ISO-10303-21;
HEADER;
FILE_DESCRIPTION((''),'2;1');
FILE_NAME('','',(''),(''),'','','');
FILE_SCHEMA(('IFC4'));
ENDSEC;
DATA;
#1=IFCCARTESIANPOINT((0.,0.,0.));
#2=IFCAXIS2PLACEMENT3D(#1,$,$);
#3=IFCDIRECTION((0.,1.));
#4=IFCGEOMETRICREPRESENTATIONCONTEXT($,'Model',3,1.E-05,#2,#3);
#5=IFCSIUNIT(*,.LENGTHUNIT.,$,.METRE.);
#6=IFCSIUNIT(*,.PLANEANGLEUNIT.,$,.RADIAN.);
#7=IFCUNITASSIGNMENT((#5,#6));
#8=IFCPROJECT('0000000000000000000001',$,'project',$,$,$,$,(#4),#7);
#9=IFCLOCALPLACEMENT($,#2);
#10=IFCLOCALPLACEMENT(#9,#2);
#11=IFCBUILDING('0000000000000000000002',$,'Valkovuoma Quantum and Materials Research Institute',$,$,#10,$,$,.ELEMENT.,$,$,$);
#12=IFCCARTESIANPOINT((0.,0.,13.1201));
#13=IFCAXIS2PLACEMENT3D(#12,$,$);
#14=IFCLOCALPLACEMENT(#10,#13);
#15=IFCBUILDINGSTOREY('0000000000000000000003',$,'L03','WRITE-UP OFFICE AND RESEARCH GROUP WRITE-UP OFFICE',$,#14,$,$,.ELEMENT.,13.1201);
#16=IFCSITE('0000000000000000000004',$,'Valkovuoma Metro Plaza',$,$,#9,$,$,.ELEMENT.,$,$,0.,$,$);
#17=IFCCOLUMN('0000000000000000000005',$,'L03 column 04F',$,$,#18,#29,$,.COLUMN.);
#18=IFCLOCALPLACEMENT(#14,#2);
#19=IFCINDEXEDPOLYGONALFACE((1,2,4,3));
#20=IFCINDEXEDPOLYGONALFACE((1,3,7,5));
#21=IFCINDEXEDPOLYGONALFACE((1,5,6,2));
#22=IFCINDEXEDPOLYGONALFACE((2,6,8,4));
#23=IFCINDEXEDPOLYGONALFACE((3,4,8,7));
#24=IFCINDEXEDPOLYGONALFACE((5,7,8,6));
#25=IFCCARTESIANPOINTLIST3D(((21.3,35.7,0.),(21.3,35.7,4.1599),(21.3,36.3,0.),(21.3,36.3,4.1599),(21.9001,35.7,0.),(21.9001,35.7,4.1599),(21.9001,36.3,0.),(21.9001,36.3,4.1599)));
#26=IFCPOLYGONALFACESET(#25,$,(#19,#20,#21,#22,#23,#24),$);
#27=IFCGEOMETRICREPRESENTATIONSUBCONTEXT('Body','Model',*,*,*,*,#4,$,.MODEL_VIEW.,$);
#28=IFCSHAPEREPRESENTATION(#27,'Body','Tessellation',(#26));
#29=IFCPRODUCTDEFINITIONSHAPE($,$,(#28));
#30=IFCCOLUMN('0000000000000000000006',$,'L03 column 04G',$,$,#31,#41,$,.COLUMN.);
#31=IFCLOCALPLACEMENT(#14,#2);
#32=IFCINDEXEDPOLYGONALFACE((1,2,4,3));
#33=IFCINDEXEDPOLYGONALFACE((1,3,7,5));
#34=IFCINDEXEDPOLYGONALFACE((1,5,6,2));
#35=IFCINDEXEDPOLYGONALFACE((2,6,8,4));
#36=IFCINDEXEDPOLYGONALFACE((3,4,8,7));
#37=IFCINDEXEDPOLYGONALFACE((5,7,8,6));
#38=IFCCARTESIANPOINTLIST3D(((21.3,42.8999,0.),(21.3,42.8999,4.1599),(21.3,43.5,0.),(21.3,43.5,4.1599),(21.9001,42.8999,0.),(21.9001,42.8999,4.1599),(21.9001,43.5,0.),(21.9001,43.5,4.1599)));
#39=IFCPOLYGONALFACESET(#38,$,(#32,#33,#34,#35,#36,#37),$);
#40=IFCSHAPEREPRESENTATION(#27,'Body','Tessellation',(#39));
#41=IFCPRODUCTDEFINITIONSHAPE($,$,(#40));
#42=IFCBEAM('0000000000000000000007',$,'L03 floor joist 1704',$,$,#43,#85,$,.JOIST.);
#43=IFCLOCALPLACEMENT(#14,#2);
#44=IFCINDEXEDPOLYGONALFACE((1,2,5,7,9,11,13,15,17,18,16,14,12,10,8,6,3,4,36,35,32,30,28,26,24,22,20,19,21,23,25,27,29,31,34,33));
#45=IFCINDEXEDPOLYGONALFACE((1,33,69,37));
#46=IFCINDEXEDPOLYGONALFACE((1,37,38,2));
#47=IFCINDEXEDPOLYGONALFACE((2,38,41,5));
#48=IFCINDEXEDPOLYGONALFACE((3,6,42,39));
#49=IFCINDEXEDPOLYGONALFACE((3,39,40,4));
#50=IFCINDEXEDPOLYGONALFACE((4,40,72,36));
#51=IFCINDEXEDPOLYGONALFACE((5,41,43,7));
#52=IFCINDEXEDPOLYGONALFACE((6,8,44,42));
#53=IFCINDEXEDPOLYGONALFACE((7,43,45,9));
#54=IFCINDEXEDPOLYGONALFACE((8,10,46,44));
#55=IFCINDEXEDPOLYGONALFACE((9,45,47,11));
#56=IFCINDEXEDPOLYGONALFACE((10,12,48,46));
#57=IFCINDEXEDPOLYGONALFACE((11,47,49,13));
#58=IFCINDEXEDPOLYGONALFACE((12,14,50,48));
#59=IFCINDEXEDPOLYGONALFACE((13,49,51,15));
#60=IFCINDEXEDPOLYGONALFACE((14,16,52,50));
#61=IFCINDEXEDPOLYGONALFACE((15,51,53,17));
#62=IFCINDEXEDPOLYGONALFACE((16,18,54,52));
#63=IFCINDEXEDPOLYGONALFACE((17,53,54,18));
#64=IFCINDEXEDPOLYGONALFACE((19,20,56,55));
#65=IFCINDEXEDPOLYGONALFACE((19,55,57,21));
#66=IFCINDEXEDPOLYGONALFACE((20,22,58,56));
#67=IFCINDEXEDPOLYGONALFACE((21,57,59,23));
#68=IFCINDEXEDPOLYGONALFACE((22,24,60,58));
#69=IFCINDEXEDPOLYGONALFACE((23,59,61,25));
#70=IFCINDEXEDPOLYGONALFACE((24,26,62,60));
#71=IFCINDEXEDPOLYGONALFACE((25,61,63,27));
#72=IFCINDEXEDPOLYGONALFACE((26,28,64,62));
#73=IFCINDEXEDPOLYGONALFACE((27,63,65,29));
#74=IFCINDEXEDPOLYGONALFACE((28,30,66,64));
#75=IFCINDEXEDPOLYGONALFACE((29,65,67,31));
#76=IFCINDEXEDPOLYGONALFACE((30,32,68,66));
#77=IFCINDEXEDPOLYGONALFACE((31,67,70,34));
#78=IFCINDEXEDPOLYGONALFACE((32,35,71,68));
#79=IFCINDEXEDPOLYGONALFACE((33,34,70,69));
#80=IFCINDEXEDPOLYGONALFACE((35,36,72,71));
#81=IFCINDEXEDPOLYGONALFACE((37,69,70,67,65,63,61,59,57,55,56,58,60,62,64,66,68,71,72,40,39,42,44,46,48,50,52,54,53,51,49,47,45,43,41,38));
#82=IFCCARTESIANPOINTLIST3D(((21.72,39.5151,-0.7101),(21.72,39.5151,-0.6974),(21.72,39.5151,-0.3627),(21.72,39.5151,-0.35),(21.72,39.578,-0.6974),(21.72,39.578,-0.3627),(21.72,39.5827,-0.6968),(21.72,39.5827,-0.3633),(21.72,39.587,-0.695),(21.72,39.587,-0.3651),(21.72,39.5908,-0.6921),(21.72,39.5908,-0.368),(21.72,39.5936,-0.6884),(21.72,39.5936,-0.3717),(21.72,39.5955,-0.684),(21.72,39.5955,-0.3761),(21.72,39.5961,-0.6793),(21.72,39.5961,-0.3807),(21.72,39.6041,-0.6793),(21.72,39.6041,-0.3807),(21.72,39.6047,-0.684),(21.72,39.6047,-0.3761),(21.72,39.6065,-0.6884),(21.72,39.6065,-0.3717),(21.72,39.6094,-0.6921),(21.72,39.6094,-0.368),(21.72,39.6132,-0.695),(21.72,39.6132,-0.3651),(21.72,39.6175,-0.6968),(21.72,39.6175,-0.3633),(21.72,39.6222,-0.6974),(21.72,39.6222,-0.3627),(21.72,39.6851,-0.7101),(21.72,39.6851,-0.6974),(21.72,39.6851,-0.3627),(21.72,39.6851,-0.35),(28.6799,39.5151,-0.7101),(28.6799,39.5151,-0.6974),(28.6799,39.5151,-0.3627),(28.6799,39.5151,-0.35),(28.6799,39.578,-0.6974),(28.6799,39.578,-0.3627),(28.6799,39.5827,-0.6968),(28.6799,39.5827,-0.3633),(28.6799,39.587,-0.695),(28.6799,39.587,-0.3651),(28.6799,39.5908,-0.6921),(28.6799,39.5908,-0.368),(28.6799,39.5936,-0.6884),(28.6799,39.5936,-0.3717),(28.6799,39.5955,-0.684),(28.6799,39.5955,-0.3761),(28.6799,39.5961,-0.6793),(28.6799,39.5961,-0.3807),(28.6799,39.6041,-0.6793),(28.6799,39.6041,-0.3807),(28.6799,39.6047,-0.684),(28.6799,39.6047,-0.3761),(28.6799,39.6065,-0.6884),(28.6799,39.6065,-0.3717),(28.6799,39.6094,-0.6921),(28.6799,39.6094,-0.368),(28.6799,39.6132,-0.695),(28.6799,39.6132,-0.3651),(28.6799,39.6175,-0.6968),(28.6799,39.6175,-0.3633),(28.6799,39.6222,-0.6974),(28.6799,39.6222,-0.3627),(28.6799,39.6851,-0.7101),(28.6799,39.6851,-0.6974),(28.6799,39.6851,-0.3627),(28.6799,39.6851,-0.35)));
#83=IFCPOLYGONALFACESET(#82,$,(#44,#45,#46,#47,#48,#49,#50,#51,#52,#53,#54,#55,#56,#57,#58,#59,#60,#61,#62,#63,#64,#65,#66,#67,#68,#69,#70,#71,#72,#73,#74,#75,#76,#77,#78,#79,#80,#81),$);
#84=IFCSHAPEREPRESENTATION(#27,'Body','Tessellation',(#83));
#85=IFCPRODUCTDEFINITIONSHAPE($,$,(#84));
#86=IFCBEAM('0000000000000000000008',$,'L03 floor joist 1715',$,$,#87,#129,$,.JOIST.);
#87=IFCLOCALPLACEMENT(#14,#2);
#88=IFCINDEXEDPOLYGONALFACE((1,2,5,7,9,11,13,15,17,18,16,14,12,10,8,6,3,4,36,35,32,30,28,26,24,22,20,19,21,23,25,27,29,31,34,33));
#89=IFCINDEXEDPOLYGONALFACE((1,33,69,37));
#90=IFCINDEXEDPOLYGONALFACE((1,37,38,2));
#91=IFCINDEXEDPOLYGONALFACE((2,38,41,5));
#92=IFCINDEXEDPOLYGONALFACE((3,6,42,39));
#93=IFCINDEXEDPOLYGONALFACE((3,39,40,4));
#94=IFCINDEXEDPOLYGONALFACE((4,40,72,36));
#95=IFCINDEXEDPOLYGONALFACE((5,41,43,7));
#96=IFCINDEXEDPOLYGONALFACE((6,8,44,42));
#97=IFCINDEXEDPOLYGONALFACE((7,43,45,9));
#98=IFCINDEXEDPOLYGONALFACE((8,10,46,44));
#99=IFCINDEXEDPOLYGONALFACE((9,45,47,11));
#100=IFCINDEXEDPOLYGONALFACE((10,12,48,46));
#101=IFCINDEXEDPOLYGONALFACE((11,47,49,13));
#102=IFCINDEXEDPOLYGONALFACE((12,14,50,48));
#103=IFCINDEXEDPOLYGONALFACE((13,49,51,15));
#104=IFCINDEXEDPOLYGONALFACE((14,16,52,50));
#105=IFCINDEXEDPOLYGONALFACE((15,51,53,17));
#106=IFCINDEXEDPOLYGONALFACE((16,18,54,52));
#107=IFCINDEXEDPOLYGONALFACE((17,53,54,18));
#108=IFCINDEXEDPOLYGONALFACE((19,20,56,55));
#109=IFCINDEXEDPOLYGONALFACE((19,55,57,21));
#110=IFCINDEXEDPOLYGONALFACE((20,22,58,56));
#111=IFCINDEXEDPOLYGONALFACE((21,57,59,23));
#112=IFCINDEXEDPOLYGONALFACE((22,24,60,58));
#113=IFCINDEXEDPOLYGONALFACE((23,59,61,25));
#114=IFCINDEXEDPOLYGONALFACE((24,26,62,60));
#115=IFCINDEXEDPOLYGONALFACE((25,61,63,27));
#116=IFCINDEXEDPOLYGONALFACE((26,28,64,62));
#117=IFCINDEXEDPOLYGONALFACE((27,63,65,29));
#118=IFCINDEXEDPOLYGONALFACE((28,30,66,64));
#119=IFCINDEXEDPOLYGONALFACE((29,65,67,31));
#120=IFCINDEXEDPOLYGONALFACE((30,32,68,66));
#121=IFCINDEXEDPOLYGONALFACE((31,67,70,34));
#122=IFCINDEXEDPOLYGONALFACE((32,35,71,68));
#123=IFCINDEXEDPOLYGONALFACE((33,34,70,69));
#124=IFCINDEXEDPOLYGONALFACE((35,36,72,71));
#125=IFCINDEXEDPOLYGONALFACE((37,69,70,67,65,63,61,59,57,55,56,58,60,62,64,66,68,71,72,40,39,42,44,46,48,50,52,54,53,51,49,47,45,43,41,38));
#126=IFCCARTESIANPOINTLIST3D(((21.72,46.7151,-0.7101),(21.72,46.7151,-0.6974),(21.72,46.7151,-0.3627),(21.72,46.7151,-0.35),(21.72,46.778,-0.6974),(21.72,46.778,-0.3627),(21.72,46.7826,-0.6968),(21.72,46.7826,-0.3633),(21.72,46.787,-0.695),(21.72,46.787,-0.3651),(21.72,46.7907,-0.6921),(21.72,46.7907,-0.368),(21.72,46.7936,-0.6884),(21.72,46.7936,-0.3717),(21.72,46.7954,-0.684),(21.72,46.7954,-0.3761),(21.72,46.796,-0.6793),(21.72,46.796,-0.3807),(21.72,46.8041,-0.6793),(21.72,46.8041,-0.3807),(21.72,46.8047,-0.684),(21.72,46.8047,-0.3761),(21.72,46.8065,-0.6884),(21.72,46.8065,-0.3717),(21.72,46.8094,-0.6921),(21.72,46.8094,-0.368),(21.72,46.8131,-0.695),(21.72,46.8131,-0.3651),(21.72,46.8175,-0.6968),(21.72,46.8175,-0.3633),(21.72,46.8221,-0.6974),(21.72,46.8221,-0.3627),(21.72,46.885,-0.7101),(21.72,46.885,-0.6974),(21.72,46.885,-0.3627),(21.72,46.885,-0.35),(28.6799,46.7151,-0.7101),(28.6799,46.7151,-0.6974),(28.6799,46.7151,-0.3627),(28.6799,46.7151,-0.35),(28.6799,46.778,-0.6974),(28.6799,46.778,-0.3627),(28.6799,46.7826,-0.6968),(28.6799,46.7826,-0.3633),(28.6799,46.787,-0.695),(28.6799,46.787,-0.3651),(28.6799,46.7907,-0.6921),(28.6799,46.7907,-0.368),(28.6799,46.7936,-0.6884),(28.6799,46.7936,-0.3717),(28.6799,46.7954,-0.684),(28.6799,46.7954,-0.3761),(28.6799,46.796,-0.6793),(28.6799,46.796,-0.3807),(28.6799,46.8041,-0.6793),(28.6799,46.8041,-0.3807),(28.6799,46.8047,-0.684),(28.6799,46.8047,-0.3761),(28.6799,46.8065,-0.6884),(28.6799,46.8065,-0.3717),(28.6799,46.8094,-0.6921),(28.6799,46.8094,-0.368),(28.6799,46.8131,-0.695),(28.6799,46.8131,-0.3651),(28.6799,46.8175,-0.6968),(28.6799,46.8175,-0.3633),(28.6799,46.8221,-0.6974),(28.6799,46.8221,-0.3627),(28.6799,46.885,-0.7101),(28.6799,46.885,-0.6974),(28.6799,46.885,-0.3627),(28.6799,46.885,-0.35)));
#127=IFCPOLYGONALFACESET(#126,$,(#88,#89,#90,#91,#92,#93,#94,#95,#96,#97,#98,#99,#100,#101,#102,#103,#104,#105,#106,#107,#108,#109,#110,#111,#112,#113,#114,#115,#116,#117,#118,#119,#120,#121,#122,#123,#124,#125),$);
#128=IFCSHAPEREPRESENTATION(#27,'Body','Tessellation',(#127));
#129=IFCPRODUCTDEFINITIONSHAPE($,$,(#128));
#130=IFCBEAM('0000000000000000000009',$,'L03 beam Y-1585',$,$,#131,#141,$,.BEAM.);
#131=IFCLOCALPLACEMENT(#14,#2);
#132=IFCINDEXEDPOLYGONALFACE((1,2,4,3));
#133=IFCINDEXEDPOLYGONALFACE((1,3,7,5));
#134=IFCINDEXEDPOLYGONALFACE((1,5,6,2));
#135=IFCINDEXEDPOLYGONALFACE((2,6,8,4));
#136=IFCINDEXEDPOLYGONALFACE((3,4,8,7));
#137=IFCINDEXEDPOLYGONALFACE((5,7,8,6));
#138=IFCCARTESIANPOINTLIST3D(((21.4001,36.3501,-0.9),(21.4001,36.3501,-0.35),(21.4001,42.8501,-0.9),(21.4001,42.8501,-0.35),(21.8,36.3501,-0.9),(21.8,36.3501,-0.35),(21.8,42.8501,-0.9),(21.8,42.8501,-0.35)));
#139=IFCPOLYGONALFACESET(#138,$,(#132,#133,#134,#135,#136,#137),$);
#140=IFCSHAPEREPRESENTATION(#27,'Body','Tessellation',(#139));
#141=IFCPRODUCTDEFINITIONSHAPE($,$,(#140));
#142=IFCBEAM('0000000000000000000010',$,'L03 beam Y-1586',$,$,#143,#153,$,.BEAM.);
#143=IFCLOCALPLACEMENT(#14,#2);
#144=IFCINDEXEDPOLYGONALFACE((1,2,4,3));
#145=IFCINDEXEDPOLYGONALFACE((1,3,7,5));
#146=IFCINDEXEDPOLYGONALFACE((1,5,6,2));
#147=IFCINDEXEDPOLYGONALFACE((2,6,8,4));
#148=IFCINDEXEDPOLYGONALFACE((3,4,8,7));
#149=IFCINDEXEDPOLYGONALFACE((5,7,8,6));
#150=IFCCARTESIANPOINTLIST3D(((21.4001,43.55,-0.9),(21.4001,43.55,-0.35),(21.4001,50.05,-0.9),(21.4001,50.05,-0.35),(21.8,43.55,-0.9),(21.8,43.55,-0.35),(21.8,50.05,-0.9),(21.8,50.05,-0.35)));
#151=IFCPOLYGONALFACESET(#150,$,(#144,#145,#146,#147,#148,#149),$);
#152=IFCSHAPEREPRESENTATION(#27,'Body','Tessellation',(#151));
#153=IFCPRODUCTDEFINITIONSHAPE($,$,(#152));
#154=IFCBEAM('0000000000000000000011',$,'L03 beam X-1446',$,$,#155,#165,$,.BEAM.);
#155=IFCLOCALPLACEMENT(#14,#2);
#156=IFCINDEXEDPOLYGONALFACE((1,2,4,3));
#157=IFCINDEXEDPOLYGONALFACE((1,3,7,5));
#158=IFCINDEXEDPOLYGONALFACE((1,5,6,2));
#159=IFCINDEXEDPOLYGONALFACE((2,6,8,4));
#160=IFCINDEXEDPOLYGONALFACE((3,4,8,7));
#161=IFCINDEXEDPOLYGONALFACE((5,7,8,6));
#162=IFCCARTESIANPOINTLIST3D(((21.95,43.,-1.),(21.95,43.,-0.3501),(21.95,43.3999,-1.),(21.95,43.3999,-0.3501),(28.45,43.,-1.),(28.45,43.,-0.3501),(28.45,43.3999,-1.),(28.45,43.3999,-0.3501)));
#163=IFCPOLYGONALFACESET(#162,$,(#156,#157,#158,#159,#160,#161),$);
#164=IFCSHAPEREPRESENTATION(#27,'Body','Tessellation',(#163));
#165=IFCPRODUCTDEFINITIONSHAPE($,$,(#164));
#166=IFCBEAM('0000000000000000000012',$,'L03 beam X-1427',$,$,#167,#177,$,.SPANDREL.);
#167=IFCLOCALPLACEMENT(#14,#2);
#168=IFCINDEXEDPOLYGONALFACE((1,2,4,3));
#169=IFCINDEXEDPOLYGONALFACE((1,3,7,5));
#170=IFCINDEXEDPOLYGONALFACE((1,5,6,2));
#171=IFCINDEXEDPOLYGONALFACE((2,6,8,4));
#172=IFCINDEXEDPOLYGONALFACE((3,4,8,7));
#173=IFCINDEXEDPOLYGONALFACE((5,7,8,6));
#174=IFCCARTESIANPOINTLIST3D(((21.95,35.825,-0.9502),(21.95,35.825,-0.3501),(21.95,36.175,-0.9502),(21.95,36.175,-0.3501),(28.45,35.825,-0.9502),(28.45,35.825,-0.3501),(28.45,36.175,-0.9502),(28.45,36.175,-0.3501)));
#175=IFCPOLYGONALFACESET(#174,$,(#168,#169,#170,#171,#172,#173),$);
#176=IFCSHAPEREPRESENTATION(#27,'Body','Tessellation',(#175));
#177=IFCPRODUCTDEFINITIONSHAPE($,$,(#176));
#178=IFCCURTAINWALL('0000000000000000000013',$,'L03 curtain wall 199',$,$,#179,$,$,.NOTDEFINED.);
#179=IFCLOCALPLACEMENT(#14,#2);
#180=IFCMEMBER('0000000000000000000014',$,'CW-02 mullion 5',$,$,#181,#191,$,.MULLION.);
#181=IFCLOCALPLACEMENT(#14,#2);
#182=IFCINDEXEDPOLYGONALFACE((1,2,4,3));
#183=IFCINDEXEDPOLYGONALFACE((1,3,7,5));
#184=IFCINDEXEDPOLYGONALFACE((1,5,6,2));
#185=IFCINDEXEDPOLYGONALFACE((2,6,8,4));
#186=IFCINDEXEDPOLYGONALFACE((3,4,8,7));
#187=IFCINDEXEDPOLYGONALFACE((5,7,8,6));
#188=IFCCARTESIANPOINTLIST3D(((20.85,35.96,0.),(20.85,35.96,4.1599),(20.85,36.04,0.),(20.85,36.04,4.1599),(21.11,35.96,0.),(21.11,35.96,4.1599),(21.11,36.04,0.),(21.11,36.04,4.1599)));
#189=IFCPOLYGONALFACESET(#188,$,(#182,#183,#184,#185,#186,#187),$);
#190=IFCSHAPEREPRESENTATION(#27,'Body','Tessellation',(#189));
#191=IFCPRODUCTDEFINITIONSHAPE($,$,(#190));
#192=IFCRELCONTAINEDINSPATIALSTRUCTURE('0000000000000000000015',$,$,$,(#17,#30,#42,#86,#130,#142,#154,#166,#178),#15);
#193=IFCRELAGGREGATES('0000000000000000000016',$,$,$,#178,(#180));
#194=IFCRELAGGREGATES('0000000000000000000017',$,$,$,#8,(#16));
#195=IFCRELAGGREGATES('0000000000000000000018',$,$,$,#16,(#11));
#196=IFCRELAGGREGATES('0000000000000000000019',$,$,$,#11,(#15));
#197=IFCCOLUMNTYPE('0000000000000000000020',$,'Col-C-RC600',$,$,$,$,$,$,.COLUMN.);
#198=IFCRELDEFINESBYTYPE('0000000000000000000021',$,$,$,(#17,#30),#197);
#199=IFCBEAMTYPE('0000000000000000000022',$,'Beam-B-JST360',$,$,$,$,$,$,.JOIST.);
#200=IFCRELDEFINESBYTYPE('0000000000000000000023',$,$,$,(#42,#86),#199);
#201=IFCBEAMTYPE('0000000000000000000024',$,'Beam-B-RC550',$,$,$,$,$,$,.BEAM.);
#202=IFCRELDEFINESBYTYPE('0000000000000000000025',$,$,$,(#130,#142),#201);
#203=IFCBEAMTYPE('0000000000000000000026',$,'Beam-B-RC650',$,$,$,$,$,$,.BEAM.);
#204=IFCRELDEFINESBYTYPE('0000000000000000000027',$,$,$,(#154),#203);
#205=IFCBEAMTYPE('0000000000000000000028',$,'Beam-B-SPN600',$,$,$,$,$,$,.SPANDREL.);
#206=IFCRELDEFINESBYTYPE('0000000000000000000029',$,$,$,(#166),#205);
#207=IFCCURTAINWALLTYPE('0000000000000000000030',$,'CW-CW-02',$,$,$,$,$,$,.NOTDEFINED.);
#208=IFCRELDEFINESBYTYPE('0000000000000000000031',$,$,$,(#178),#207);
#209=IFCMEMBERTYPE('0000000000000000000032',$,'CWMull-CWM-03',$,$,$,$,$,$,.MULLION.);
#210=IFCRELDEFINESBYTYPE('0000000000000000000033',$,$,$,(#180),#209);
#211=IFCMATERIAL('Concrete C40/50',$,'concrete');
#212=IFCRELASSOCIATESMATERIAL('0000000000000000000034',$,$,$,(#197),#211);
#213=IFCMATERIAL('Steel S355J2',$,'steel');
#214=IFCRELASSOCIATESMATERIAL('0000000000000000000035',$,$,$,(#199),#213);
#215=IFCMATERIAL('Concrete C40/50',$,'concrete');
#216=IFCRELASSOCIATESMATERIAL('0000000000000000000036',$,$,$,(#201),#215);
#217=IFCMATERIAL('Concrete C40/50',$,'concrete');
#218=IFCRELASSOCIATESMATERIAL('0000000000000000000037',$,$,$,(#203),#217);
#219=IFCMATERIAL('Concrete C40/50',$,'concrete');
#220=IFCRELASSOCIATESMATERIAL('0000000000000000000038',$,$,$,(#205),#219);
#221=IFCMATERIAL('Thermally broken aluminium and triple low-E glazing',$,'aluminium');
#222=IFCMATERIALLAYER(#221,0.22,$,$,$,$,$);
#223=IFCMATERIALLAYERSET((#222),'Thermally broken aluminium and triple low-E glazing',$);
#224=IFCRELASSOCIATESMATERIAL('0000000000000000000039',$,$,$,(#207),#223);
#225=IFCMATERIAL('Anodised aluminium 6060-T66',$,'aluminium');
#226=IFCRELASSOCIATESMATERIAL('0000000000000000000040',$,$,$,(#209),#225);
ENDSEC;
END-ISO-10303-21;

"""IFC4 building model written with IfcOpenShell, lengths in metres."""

from ifc_helpers import new_model, si_unit, direction, frame, origin, origin_2d, place, context, subcontext, project, spatial, rectangle, i_section, extrude, material, layer, layer_set, material_profile, profile_set, type_object, element, aggregate, save


model = new_model("IFC4")

# Units and contexts
model_context = context("Model", 3, precision=1e-05, world=origin(), true_north=direction((0.0, 1.0)))
body_context = subcontext(model_context, "Body", "Model", "MODEL_VIEW")
ifc_project = project(units=[si_unit("LENGTHUNIT", "METRE"), si_unit("PLANEANGLEUNIT", "RADIAN")], contexts=[model_context])

# Site, building, storey
site_placement = place(None, origin())
site = spatial("IfcSite", under=ifc_project, at=site_placement, Name="Valkovuoma Metro Plaza", CompositionType="ELEMENT", RefElevation=0.0)
building_placement = place(site_placement, origin())
building = spatial("IfcBuilding", under=site, at=building_placement, Name="Valkovuoma Quantum and Materials Research Institute", CompositionType="ELEMENT")
storey_placement = place(building_placement, frame((0.0, 0.0, 13.1201)))
storey = spatial("IfcBuildingStorey", under=building, at=storey_placement, Name="L03", Description="WRITE-UP OFFICE AND RESEARCH GROUP WRITE-UP OFFICE", CompositionType="ELEMENT", Elevation=13.1201)

# Columns
ifc_material_1 = material(Name="Concrete C40/50", Category="concrete")
ifc_material_profile_1 = material_profile(ifc_material_1, rectangle(XDim=0.6001, YDim=0.6001, at=origin_2d()), Name="Concrete C40/50")
ifc_profile_set_1 = profile_set([ifc_material_profile_1], Name="Concrete C40/50")
column_type = type_object("IfcColumnType", Name="Col-C-RC600", PredefinedType="COLUMN", material=ifc_profile_set_1)
for number, where, z_axis, x_axis, name in (
    (1, (21.6001, 36.0, 0.0), (0.0, 0.0, 1.0), (1.0, 0.0, 0.0), "L03 column 04F"),
    (2, (21.6001, 43.2, 0.0), (0.0, 0.0, 1.0), (1.0, 0.0, 0.0), "L03 column 04G"),
):
    element("IfcColumn", number, at=place(storey_placement, frame(where, z_axis=z_axis, x_axis=x_axis)), inside=storey, type_object=column_type, Name=name, PredefinedType="COLUMN", context=body_context, shape_type="SweptSolid", body=[
        extrude(rectangle(XDim=0.6001, YDim=0.6001, at=origin_2d()), origin(), (0.0, 0.0, 1.0), 4.1599),
    ])

# Beams
ifc_material_2 = material(Name="Steel S355J2", Category="steel")
ifc_material_profile_2 = material_profile(ifc_material_2, i_section(OverallWidth=0.1699, OverallDepth=0.3601, WebThickness=0.0081, FlangeThickness=0.0127, FilletRadius=0.0181, at=origin_2d()), Name="Steel S355J2")
ifc_profile_set_2 = profile_set([ifc_material_profile_2], Name="Steel S355J2")
beam_type_1 = type_object("IfcBeamType", Name="Beam-B-JST360", PredefinedType="JOIST", material=ifc_profile_set_2)
for number, where, z_axis, x_axis, name in (
    (3, (21.72, 39.6001, -0.53), (1.0, 0.0, 0.0), (0.0, 1.0, 0.0), "L03 floor joist 1704"),
    (4, (21.72, 46.8, -0.53), (1.0, 0.0, 0.0), (0.0, 1.0, 0.0), "L03 floor joist 1715"),
):
    element("IfcBeam", number, at=place(storey_placement, frame(where, z_axis=z_axis, x_axis=x_axis)), inside=storey, type_object=beam_type_1, Name=name, PredefinedType="JOIST", context=body_context, shape_type="SweptSolid", body=[
        extrude(i_section(OverallWidth=0.1699, OverallDepth=0.3601, WebThickness=0.0081, FlangeThickness=0.0127, FilletRadius=0.0181, at=origin_2d()), origin(), (0.0, 0.0, 1.0), 6.96),
    ])
ifc_material_3 = material(Name="Concrete C40/50", Category="concrete")
ifc_material_profile_3 = material_profile(ifc_material_3, rectangle(XDim=0.3999, YDim=0.55, at=origin_2d()), Name="Concrete C40/50")
ifc_profile_set_3 = profile_set([ifc_material_profile_3], Name="Concrete C40/50")
beam_type_2 = type_object("IfcBeamType", Name="Beam-B-RC550", PredefinedType="BEAM", material=ifc_profile_set_3)
for number, where, z_axis, x_axis, name in (
    (5, (21.6001, 36.3501, -0.625), (0.0, 1.0, 0.0), (-1.0, 0.0, 0.0), "L03 beam Y-1585"),
    (6, (21.6001, 43.55, -0.625), (0.0, 1.0, 0.0), (-1.0, 0.0, 0.0), "L03 beam Y-1586"),
):
    element("IfcBeam", number, at=place(storey_placement, frame(where, z_axis=z_axis, x_axis=x_axis)), inside=storey, type_object=beam_type_2, Name=name, PredefinedType="BEAM", context=body_context, shape_type="SweptSolid", body=[
        extrude(rectangle(XDim=0.3999, YDim=0.55, at=origin_2d()), origin(), (0.0, 0.0, 1.0), 6.5),
    ])
ifc_material_4 = material(Name="Concrete C40/50", Category="concrete")
ifc_material_profile_4 = material_profile(ifc_material_4, rectangle(XDim=0.3999, YDim=0.6499, at=origin_2d()), Name="Concrete C40/50")
ifc_profile_set_4 = profile_set([ifc_material_profile_4], Name="Concrete C40/50")
beam_type_3 = type_object("IfcBeamType", Name="Beam-B-RC650", PredefinedType="BEAM", material=ifc_profile_set_4)
beam_1_placement = place(storey_placement, frame((21.95, 43.2, -0.675), z_axis=(1.0, 0.0, 0.0), x_axis=(0.0, 1.0, 0.0)))
element("IfcBeam", 7, at=beam_1_placement, inside=storey, type_object=beam_type_3, Name="L03 beam X-1446", PredefinedType="BEAM", context=body_context, shape_type="SweptSolid", body=[
    extrude(rectangle(XDim=0.3999, YDim=0.6499, at=origin_2d()), origin(), (0.0, 0.0, 1.0), 6.5),
])
ifc_material_5 = material(Name="Concrete C40/50", Category="concrete")
ifc_material_profile_5 = material_profile(ifc_material_5, rectangle(XDim=0.3501, YDim=0.6001, at=origin_2d()), Name="Concrete C40/50")
ifc_profile_set_5 = profile_set([ifc_material_profile_5], Name="Concrete C40/50")
beam_type_4 = type_object("IfcBeamType", Name="Beam-B-SPN600", PredefinedType="SPANDREL", material=ifc_profile_set_5)
beam_2_placement = place(storey_placement, frame((21.95, 36.0, -0.6501), z_axis=(1.0, 0.0, 0.0), x_axis=(0.0, 1.0, 0.0)))
element("IfcBeam", 8, at=beam_2_placement, inside=storey, type_object=beam_type_4, Name="L03 beam X-1427", PredefinedType="SPANDREL", context=body_context, shape_type="SweptSolid", body=[
    extrude(rectangle(XDim=0.3501, YDim=0.6001, at=origin_2d()), origin(), (0.0, 0.0, 1.0), 6.5),
])

# Curtain wall, member
ifc_material_6 = material(Name="Thermally broken aluminium and triple low-E glazing", Category="aluminium")
ifc_layer_1 = layer(ifc_material_6, 0.22)
ifc_layer_set_1 = layer_set([ifc_layer_1], Name="Thermally broken aluminium and triple low-E glazing")
curtain_wall_type = type_object("IfcCurtainWallType", Name="CW-CW-02", PredefinedType="NOTDEFINED", material=ifc_layer_set_1)
curtain_wall_1_placement = place(storey_placement, origin())
curtain_wall_1 = element("IfcCurtainWall", 9, at=curtain_wall_1_placement, inside=storey, type_object=curtain_wall_type, Name="L03 curtain wall 199", PredefinedType="NOTDEFINED")
ifc_material_7 = material(Name="Anodised aluminium 6060-T66", Category="aluminium")
ifc_material_profile_6 = material_profile(ifc_material_7, rectangle(XDim=0.0801, YDim=0.26, at=origin_2d()), Name="Anodised aluminium 6060-T66")
ifc_profile_set_6 = profile_set([ifc_material_profile_6], Name="Anodised aluminium 6060-T66")
member_type_1 = type_object("IfcMemberType", Name="CWMull-CWM-03", PredefinedType="MULLION", material=ifc_profile_set_6)
member_1_placement = place(storey_placement, frame((20.98, 36.0, 0.0), z_axis=(0.0, 0.0, 1.0), x_axis=(0.0, 1.0, 0.0)))
member_1 = element("IfcMember", 10, at=member_1_placement, type_object=member_type_1, Name="CW-02 mullion 5", PredefinedType="MULLION", context=body_context, shape_type="SweptSolid", body=[
    extrude(rectangle(XDim=0.0801, YDim=0.26, at=origin_2d()), origin(), (0.0, 0.0, 1.0), 4.1599),
])

aggregate(curtain_wall_1, [member_1])

save(model, "model.ifc")
